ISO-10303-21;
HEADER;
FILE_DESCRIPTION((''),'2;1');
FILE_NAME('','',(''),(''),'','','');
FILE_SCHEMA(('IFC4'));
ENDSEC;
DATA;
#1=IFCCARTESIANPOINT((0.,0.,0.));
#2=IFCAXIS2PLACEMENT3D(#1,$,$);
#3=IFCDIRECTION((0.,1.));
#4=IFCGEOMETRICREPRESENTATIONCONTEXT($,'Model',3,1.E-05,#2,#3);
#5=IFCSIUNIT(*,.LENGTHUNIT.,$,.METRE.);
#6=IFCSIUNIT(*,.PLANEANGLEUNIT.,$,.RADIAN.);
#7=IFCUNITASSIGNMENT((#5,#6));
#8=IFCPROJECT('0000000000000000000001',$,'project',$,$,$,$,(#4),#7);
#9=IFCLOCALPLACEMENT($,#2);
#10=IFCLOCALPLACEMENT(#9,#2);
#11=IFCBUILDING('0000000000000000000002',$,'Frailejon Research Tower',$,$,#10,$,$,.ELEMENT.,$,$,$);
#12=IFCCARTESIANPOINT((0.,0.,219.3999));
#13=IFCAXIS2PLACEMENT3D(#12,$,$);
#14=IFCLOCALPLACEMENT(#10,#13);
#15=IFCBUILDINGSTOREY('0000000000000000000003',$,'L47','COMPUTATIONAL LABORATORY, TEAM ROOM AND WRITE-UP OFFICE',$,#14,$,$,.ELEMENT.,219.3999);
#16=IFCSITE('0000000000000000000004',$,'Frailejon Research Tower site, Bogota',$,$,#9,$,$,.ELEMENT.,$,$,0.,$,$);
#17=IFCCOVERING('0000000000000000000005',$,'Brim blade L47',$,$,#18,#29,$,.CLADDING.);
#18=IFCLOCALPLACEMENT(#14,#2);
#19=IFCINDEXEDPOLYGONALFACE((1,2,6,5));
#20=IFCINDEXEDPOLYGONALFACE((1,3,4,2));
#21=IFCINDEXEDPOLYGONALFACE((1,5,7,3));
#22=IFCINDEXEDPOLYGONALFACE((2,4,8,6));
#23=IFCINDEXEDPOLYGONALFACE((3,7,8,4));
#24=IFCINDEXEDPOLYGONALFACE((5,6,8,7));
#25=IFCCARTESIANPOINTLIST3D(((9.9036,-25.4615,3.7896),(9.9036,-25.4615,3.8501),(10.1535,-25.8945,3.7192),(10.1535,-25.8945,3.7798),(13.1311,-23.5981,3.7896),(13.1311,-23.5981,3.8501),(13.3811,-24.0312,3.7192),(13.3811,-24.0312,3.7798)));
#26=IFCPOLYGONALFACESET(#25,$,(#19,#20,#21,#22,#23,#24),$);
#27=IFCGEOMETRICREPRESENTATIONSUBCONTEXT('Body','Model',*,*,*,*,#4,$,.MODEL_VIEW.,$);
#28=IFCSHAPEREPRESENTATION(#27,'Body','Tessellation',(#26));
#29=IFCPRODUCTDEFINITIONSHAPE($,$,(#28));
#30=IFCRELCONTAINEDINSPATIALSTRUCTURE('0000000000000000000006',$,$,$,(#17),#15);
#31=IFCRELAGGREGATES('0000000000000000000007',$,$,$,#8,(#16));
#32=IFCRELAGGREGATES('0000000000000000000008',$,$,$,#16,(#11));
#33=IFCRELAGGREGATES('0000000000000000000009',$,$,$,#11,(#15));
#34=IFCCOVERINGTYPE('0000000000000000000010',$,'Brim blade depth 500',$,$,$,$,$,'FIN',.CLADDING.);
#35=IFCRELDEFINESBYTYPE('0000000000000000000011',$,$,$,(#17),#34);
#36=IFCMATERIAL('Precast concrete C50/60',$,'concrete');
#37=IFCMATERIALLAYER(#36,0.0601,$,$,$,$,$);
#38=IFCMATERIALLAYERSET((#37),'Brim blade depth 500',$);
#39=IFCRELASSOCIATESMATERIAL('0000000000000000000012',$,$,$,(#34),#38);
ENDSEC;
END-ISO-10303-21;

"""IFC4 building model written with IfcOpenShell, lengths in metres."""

from ifc_helpers import new_model, si_unit, direction, frame, origin, place, context, subcontext, project, spatial, polyline, outline, extrude, material, layer, layer_set, type_object, element, save


model = new_model("IFC4")

# Units and contexts
model_context = context("Model", 3, precision=1e-05, world=origin(), true_north=direction((0.0, 1.0)))
body_context = subcontext(model_context, "Body", "Model", "MODEL_VIEW")
ifc_project = project(units=[si_unit("LENGTHUNIT", "METRE"), si_unit("PLANEANGLEUNIT", "RADIAN")], contexts=[model_context])

# Site, building, storey
site_placement = place(None, origin())
site = spatial("IfcSite", under=ifc_project, at=site_placement, Name="Frailejon Research Tower site, Bogota", CompositionType="ELEMENT", RefElevation=0.0)
building_placement = place(site_placement, origin())
building = spatial("IfcBuilding", under=site, at=building_placement, Name="Frailejon Research Tower", CompositionType="ELEMENT")
storey_placement = place(building_placement, frame((0.0, 0.0, 219.3999)))
storey = spatial("IfcBuildingStorey", under=building, at=storey_placement, Name="L47", Description="COMPUTATIONAL LABORATORY, TEAM ROOM AND WRITE-UP OFFICE", CompositionType="ELEMENT", Elevation=219.3999)

# Covering
ifc_material_1 = material(Name="Precast concrete C50/60", Category="concrete")
ifc_layer_1 = layer(ifc_material_1, 0.0601)
ifc_layer_set_1 = layer_set([ifc_layer_1], Name="Brim blade depth 500")
covering_type_1 = type_object("IfcCoveringType", Name="Brim blade depth 500", ElementType="FIN", PredefinedType="CLADDING", material=ifc_layer_set_1)
covering_1_placement = place(storey_placement, frame((13.1311, -23.5981, 3.8501), z_axis=(-0.866036, -0.499981, 0.0), x_axis=(0.499981, -0.866036, 0.0)))
element("IfcCovering", 1, at=covering_1_placement, inside=storey, type_object=covering_type_1, Name="Brim blade L47", PredefinedType="CLADDING", context=body_context, shape_type="SweptSolid", body=[
    extrude(outline(polyline([(0.0, -0.0605), (0.5, -0.1309), (0.5, -0.0703), (0.0, 0.0), (0.0, -0.0605)])), origin(), (0.0, 0.0, 1.0), 3.7268),
])

save(model, "model.ifc")
